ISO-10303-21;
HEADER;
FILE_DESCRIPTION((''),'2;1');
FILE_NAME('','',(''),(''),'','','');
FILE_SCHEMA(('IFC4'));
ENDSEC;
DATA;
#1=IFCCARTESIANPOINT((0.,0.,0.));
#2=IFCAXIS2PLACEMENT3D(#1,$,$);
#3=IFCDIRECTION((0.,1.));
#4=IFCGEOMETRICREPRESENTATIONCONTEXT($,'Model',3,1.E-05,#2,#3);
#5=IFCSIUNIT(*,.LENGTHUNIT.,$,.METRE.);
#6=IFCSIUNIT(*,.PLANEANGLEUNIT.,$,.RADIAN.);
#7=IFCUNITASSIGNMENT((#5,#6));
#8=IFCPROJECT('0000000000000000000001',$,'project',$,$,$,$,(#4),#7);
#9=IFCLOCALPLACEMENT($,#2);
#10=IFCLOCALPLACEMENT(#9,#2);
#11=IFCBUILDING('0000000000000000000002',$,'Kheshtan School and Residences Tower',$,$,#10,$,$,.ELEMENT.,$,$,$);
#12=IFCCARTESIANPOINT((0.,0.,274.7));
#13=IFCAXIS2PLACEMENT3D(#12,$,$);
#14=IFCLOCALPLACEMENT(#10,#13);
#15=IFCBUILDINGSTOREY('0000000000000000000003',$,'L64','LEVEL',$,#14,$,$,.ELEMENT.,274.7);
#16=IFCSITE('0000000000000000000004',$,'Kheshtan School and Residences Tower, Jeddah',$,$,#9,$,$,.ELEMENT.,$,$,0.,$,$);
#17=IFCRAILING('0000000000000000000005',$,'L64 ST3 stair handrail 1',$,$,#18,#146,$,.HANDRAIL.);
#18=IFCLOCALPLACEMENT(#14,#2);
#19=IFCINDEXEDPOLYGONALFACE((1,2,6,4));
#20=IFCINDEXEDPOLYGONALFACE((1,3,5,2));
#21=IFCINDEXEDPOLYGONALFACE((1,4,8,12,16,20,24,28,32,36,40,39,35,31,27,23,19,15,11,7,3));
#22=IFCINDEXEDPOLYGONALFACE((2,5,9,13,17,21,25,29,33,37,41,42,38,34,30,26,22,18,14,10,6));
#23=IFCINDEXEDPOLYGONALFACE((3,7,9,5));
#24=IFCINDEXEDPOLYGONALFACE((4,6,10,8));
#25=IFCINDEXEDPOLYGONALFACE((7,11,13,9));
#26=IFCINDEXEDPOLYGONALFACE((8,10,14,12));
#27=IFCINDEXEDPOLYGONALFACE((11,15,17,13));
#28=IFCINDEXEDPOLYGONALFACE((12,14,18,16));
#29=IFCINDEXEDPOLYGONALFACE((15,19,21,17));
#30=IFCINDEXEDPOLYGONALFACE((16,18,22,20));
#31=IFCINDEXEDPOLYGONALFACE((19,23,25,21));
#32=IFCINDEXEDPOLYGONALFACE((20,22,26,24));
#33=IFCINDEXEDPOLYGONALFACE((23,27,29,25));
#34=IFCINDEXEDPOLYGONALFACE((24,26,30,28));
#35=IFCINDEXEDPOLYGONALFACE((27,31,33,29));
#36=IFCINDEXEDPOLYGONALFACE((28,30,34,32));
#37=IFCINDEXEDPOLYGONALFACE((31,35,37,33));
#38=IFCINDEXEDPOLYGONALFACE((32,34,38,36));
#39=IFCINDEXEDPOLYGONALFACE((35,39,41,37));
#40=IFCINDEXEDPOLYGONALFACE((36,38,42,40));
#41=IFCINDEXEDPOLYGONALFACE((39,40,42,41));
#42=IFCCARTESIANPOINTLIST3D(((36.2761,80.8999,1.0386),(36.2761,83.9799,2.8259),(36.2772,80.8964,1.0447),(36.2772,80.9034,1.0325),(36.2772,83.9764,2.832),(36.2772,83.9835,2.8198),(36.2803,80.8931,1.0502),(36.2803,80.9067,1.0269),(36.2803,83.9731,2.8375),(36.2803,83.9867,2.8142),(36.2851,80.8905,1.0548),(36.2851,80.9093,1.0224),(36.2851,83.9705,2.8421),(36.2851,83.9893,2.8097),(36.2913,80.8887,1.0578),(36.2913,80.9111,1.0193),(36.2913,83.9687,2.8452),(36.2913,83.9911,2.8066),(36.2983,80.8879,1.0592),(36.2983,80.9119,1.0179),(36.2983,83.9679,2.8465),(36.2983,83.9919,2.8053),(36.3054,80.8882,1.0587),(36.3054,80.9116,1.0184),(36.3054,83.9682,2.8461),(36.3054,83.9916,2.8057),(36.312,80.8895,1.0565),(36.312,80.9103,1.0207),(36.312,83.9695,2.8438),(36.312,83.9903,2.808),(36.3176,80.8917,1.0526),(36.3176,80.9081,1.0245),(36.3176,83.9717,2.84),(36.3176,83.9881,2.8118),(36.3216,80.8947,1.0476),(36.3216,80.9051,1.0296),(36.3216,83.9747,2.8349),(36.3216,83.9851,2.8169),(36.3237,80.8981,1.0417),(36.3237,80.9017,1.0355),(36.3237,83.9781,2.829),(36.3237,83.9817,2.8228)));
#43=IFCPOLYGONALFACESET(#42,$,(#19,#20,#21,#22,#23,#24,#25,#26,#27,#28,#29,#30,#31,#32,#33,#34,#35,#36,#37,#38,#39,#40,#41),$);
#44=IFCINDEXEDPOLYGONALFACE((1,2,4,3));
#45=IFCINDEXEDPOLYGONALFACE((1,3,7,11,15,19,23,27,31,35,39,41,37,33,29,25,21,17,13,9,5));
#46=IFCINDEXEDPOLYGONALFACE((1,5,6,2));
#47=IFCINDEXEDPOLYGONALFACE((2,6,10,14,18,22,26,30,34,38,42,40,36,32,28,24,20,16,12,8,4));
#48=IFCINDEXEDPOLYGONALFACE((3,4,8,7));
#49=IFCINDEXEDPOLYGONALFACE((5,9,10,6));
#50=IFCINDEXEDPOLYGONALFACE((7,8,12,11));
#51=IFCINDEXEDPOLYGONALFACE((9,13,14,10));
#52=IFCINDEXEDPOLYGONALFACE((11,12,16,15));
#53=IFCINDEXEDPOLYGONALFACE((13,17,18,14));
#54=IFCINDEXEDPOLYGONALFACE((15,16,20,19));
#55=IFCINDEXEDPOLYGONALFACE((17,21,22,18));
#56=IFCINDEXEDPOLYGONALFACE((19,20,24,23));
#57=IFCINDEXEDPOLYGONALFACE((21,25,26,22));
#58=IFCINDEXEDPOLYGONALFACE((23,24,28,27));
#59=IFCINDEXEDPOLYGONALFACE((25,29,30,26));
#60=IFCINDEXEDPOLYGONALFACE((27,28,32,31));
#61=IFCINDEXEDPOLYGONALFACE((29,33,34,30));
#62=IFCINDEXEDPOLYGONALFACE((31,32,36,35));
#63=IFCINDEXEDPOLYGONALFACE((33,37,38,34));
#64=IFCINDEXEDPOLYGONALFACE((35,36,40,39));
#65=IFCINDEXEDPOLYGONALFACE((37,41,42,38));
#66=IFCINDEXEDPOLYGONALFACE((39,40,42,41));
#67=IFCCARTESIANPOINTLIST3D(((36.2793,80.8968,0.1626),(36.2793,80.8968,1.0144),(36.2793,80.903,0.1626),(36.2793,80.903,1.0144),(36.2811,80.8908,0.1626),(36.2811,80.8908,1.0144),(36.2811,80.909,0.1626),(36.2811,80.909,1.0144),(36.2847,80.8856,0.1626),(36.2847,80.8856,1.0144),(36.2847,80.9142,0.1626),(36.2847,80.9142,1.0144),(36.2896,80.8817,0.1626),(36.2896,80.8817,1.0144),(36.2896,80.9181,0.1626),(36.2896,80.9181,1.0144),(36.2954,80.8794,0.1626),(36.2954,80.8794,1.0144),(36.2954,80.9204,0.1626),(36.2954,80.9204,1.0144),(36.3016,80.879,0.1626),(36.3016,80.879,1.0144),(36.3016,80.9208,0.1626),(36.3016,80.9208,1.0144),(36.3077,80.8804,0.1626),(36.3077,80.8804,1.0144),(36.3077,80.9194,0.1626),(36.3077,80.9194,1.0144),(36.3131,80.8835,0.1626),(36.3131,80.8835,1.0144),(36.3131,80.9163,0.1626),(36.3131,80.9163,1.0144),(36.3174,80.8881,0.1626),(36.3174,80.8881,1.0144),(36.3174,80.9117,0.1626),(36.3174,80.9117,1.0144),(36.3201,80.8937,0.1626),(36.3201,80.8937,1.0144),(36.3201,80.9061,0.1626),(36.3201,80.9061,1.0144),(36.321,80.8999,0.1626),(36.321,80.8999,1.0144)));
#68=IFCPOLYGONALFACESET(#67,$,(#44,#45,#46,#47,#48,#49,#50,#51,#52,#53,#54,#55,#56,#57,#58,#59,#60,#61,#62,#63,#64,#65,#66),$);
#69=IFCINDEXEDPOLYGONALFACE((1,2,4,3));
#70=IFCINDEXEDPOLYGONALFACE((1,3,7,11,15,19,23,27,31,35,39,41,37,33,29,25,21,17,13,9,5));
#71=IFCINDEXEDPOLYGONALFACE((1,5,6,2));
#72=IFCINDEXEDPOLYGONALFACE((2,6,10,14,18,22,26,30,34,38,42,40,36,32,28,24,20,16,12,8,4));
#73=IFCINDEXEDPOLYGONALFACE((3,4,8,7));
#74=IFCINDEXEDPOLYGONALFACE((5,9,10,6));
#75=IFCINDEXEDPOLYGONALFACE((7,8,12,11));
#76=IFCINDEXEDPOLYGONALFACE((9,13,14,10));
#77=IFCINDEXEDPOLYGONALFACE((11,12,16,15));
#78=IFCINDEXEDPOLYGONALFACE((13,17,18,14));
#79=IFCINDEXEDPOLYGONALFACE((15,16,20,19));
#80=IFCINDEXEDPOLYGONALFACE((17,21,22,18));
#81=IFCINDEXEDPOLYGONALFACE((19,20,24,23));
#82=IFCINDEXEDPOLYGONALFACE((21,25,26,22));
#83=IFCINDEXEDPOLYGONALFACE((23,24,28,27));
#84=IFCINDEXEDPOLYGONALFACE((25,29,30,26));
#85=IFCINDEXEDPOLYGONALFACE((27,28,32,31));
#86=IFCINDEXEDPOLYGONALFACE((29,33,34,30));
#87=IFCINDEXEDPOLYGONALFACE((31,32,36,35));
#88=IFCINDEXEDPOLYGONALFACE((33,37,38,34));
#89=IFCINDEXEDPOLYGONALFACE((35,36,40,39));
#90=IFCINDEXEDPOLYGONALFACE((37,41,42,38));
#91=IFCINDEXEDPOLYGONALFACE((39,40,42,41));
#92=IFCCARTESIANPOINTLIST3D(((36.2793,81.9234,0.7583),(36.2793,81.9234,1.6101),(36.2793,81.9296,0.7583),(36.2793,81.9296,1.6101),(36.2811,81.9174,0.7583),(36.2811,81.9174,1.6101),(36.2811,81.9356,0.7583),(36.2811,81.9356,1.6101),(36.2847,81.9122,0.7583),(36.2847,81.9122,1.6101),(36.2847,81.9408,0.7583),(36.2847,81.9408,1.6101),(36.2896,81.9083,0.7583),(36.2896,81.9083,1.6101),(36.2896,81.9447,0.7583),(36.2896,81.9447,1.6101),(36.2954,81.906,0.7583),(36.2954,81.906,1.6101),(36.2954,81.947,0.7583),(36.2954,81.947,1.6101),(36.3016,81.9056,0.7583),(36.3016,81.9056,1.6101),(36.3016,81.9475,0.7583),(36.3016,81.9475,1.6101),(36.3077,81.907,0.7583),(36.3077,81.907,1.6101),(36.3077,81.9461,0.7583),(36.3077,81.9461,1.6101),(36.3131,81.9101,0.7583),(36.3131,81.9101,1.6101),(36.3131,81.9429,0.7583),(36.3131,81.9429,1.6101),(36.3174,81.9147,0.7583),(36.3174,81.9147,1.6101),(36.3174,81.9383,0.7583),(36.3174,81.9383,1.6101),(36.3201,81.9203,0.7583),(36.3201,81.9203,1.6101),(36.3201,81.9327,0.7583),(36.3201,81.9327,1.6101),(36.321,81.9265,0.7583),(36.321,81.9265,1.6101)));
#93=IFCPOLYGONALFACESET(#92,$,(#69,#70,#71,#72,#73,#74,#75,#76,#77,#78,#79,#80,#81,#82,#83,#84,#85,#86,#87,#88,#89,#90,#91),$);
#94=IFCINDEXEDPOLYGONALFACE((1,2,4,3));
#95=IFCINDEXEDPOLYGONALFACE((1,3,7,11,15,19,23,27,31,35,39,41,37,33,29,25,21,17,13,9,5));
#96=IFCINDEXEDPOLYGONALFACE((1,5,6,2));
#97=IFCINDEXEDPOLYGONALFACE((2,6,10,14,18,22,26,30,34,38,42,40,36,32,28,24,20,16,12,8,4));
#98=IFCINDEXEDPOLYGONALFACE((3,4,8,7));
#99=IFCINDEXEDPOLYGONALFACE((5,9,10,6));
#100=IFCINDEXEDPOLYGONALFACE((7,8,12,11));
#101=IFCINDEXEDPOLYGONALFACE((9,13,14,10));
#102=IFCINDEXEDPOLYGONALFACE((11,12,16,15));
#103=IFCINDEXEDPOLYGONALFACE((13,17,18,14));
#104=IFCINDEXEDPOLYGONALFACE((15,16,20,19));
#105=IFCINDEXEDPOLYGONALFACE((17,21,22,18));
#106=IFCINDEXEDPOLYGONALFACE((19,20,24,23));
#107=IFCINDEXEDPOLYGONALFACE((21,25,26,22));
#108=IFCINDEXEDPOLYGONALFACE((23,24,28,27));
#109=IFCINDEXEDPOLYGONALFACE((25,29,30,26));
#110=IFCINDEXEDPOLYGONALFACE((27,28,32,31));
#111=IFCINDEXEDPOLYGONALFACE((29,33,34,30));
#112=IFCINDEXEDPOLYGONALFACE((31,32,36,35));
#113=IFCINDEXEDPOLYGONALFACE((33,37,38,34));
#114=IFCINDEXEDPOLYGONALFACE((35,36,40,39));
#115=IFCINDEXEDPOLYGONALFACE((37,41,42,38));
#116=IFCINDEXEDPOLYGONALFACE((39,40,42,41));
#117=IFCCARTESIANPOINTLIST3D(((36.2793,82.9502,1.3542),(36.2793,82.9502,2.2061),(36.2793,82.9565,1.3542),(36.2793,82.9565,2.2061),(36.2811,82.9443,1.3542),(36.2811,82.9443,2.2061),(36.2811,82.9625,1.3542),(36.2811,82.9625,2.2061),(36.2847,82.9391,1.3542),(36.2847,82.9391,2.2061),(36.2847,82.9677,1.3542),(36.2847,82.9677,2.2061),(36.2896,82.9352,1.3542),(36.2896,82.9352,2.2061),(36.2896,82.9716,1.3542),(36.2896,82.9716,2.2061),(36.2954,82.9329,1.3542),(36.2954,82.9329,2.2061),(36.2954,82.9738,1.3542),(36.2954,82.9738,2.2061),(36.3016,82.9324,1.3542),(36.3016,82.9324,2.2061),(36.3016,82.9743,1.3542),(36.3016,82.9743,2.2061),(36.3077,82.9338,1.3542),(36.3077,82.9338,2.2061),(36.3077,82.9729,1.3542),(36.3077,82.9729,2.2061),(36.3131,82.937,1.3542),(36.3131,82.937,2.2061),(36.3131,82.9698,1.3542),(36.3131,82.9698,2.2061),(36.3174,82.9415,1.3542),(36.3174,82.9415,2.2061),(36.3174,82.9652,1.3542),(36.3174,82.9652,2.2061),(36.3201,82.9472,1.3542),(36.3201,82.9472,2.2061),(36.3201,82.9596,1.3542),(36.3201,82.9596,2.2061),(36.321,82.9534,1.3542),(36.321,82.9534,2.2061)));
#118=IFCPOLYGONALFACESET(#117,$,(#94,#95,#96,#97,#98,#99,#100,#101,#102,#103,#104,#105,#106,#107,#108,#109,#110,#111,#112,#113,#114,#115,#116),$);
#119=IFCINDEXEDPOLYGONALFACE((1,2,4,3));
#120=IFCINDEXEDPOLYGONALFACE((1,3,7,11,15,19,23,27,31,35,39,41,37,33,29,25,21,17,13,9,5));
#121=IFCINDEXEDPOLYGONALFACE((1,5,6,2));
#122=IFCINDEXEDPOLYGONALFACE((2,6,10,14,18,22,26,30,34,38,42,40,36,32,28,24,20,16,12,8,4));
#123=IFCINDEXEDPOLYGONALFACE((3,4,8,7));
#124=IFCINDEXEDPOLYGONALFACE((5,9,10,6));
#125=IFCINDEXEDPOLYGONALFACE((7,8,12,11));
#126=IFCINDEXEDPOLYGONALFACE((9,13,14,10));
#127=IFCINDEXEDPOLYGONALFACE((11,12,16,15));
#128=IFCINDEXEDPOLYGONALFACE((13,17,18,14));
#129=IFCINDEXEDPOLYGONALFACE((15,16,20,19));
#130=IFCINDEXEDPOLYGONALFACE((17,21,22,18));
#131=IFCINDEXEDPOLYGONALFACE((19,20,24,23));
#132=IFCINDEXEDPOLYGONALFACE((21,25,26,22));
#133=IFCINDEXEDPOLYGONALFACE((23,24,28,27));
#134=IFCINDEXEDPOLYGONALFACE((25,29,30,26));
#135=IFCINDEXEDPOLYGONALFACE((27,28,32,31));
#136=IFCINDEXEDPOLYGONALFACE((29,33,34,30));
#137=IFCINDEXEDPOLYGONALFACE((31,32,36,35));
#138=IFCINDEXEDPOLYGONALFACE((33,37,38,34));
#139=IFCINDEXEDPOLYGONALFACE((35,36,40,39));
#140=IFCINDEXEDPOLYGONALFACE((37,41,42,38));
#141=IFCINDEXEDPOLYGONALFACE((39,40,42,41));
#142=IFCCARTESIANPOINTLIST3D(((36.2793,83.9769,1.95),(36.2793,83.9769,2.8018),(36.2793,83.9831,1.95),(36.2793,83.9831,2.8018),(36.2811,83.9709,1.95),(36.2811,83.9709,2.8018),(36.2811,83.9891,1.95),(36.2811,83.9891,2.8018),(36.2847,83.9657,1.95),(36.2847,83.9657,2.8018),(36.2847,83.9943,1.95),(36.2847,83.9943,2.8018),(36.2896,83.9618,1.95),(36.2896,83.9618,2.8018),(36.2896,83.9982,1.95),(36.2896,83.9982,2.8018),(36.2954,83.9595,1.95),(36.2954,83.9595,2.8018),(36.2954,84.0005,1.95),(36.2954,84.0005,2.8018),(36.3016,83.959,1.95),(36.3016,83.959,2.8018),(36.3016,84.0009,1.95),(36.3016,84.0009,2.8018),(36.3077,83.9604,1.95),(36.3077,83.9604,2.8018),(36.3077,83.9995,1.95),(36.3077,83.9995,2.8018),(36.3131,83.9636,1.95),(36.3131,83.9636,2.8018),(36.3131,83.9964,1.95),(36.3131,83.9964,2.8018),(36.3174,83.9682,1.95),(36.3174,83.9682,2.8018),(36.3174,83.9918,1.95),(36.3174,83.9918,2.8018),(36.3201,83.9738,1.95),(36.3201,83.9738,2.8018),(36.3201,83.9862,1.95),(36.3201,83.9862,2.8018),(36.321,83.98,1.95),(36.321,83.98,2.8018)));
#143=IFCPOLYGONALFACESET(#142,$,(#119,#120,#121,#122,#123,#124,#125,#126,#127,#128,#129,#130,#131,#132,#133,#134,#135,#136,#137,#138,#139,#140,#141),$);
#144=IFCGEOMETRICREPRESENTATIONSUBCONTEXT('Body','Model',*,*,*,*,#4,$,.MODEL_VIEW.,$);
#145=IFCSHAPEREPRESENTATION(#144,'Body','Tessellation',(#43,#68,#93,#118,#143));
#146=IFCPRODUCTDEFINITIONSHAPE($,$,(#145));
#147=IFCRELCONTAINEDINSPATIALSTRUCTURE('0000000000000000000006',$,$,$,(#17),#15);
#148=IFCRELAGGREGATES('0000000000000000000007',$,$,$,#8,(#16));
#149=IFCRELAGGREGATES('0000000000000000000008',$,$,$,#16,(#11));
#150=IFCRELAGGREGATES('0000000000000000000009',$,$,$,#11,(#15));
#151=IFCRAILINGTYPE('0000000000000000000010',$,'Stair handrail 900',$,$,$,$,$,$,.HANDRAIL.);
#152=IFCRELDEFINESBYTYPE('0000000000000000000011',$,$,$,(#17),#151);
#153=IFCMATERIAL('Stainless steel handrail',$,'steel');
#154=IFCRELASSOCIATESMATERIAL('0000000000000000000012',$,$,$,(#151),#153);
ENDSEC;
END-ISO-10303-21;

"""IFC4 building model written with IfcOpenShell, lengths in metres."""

from ifc_helpers import new_model, si_unit, direction, frame, origin, origin_2d, place, context, subcontext, project, spatial, circle, extrude, material, type_object, element, save


model = new_model("IFC4")

# Units and contexts
model_context = context("Model", 3, precision=1e-05, world=origin(), true_north=direction((0.0, 1.0)))
body_context = subcontext(model_context, "Body", "Model", "MODEL_VIEW")
ifc_project = project(units=[si_unit("LENGTHUNIT", "METRE"), si_unit("PLANEANGLEUNIT", "RADIAN")], contexts=[model_context])

# Site, building, storey
site_placement = place(None, origin())
site = spatial("IfcSite", under=ifc_project, at=site_placement, Name="Kheshtan School and Residences Tower, Jeddah", CompositionType="ELEMENT", RefElevation=0.0)
building_placement = place(site_placement, origin())
building = spatial("IfcBuilding", under=site, at=building_placement, Name="Kheshtan School and Residences Tower", CompositionType="ELEMENT")
storey_placement = place(building_placement, frame((0.0, 0.0, 274.7)))
storey = spatial("IfcBuildingStorey", under=building, at=storey_placement, Name="L64", Description="LEVEL", CompositionType="ELEMENT", Elevation=274.7)

# Railing
ifc_material_1 = material(Name="Stainless steel handrail", Category="steel")
railing_type_1 = type_object("IfcRailingType", Name="Stair handrail 900", PredefinedType="HANDRAIL", material=ifc_material_1)
railing_1_placement = place(storey_placement, frame((36.3, 80.8999, 0.1626)))
element("IfcRailing", 1, at=railing_1_placement, inside=storey, type_object=railing_type_1, Name="L64 ST3 stair handrail 1", PredefinedType="HANDRAIL", context=body_context, shape_type="SweptSolid", body=[
    extrude(circle(Radius=0.0239, at=origin_2d()), frame((0.0, 0.0, 0.876), z_axis=(0.0, 0.86492, 0.501909), x_axis=(-1.0, 0.0, 0.0)), (0.0, 0.0, 1.0), 3.561),
    extrude(circle(Radius=0.021, at=origin_2d()), origin(), (0.0, 0.0, 1.0), 0.8518),
    extrude(circle(Radius=0.021, at=origin_2d()), frame((0.0, 1.0266, 0.5957)), (0.0, 0.0, 1.0), 0.8518),
    extrude(circle(Radius=0.021, at=origin_2d()), frame((0.0, 2.0535, 1.1917)), (0.0, 0.0, 1.0), 0.8518),
    extrude(circle(Radius=0.021, at=origin_2d()), frame((0.0, 3.0801, 1.7874)), (0.0, 0.0, 1.0), 0.8518),
])

save(model, "model.ifc")
